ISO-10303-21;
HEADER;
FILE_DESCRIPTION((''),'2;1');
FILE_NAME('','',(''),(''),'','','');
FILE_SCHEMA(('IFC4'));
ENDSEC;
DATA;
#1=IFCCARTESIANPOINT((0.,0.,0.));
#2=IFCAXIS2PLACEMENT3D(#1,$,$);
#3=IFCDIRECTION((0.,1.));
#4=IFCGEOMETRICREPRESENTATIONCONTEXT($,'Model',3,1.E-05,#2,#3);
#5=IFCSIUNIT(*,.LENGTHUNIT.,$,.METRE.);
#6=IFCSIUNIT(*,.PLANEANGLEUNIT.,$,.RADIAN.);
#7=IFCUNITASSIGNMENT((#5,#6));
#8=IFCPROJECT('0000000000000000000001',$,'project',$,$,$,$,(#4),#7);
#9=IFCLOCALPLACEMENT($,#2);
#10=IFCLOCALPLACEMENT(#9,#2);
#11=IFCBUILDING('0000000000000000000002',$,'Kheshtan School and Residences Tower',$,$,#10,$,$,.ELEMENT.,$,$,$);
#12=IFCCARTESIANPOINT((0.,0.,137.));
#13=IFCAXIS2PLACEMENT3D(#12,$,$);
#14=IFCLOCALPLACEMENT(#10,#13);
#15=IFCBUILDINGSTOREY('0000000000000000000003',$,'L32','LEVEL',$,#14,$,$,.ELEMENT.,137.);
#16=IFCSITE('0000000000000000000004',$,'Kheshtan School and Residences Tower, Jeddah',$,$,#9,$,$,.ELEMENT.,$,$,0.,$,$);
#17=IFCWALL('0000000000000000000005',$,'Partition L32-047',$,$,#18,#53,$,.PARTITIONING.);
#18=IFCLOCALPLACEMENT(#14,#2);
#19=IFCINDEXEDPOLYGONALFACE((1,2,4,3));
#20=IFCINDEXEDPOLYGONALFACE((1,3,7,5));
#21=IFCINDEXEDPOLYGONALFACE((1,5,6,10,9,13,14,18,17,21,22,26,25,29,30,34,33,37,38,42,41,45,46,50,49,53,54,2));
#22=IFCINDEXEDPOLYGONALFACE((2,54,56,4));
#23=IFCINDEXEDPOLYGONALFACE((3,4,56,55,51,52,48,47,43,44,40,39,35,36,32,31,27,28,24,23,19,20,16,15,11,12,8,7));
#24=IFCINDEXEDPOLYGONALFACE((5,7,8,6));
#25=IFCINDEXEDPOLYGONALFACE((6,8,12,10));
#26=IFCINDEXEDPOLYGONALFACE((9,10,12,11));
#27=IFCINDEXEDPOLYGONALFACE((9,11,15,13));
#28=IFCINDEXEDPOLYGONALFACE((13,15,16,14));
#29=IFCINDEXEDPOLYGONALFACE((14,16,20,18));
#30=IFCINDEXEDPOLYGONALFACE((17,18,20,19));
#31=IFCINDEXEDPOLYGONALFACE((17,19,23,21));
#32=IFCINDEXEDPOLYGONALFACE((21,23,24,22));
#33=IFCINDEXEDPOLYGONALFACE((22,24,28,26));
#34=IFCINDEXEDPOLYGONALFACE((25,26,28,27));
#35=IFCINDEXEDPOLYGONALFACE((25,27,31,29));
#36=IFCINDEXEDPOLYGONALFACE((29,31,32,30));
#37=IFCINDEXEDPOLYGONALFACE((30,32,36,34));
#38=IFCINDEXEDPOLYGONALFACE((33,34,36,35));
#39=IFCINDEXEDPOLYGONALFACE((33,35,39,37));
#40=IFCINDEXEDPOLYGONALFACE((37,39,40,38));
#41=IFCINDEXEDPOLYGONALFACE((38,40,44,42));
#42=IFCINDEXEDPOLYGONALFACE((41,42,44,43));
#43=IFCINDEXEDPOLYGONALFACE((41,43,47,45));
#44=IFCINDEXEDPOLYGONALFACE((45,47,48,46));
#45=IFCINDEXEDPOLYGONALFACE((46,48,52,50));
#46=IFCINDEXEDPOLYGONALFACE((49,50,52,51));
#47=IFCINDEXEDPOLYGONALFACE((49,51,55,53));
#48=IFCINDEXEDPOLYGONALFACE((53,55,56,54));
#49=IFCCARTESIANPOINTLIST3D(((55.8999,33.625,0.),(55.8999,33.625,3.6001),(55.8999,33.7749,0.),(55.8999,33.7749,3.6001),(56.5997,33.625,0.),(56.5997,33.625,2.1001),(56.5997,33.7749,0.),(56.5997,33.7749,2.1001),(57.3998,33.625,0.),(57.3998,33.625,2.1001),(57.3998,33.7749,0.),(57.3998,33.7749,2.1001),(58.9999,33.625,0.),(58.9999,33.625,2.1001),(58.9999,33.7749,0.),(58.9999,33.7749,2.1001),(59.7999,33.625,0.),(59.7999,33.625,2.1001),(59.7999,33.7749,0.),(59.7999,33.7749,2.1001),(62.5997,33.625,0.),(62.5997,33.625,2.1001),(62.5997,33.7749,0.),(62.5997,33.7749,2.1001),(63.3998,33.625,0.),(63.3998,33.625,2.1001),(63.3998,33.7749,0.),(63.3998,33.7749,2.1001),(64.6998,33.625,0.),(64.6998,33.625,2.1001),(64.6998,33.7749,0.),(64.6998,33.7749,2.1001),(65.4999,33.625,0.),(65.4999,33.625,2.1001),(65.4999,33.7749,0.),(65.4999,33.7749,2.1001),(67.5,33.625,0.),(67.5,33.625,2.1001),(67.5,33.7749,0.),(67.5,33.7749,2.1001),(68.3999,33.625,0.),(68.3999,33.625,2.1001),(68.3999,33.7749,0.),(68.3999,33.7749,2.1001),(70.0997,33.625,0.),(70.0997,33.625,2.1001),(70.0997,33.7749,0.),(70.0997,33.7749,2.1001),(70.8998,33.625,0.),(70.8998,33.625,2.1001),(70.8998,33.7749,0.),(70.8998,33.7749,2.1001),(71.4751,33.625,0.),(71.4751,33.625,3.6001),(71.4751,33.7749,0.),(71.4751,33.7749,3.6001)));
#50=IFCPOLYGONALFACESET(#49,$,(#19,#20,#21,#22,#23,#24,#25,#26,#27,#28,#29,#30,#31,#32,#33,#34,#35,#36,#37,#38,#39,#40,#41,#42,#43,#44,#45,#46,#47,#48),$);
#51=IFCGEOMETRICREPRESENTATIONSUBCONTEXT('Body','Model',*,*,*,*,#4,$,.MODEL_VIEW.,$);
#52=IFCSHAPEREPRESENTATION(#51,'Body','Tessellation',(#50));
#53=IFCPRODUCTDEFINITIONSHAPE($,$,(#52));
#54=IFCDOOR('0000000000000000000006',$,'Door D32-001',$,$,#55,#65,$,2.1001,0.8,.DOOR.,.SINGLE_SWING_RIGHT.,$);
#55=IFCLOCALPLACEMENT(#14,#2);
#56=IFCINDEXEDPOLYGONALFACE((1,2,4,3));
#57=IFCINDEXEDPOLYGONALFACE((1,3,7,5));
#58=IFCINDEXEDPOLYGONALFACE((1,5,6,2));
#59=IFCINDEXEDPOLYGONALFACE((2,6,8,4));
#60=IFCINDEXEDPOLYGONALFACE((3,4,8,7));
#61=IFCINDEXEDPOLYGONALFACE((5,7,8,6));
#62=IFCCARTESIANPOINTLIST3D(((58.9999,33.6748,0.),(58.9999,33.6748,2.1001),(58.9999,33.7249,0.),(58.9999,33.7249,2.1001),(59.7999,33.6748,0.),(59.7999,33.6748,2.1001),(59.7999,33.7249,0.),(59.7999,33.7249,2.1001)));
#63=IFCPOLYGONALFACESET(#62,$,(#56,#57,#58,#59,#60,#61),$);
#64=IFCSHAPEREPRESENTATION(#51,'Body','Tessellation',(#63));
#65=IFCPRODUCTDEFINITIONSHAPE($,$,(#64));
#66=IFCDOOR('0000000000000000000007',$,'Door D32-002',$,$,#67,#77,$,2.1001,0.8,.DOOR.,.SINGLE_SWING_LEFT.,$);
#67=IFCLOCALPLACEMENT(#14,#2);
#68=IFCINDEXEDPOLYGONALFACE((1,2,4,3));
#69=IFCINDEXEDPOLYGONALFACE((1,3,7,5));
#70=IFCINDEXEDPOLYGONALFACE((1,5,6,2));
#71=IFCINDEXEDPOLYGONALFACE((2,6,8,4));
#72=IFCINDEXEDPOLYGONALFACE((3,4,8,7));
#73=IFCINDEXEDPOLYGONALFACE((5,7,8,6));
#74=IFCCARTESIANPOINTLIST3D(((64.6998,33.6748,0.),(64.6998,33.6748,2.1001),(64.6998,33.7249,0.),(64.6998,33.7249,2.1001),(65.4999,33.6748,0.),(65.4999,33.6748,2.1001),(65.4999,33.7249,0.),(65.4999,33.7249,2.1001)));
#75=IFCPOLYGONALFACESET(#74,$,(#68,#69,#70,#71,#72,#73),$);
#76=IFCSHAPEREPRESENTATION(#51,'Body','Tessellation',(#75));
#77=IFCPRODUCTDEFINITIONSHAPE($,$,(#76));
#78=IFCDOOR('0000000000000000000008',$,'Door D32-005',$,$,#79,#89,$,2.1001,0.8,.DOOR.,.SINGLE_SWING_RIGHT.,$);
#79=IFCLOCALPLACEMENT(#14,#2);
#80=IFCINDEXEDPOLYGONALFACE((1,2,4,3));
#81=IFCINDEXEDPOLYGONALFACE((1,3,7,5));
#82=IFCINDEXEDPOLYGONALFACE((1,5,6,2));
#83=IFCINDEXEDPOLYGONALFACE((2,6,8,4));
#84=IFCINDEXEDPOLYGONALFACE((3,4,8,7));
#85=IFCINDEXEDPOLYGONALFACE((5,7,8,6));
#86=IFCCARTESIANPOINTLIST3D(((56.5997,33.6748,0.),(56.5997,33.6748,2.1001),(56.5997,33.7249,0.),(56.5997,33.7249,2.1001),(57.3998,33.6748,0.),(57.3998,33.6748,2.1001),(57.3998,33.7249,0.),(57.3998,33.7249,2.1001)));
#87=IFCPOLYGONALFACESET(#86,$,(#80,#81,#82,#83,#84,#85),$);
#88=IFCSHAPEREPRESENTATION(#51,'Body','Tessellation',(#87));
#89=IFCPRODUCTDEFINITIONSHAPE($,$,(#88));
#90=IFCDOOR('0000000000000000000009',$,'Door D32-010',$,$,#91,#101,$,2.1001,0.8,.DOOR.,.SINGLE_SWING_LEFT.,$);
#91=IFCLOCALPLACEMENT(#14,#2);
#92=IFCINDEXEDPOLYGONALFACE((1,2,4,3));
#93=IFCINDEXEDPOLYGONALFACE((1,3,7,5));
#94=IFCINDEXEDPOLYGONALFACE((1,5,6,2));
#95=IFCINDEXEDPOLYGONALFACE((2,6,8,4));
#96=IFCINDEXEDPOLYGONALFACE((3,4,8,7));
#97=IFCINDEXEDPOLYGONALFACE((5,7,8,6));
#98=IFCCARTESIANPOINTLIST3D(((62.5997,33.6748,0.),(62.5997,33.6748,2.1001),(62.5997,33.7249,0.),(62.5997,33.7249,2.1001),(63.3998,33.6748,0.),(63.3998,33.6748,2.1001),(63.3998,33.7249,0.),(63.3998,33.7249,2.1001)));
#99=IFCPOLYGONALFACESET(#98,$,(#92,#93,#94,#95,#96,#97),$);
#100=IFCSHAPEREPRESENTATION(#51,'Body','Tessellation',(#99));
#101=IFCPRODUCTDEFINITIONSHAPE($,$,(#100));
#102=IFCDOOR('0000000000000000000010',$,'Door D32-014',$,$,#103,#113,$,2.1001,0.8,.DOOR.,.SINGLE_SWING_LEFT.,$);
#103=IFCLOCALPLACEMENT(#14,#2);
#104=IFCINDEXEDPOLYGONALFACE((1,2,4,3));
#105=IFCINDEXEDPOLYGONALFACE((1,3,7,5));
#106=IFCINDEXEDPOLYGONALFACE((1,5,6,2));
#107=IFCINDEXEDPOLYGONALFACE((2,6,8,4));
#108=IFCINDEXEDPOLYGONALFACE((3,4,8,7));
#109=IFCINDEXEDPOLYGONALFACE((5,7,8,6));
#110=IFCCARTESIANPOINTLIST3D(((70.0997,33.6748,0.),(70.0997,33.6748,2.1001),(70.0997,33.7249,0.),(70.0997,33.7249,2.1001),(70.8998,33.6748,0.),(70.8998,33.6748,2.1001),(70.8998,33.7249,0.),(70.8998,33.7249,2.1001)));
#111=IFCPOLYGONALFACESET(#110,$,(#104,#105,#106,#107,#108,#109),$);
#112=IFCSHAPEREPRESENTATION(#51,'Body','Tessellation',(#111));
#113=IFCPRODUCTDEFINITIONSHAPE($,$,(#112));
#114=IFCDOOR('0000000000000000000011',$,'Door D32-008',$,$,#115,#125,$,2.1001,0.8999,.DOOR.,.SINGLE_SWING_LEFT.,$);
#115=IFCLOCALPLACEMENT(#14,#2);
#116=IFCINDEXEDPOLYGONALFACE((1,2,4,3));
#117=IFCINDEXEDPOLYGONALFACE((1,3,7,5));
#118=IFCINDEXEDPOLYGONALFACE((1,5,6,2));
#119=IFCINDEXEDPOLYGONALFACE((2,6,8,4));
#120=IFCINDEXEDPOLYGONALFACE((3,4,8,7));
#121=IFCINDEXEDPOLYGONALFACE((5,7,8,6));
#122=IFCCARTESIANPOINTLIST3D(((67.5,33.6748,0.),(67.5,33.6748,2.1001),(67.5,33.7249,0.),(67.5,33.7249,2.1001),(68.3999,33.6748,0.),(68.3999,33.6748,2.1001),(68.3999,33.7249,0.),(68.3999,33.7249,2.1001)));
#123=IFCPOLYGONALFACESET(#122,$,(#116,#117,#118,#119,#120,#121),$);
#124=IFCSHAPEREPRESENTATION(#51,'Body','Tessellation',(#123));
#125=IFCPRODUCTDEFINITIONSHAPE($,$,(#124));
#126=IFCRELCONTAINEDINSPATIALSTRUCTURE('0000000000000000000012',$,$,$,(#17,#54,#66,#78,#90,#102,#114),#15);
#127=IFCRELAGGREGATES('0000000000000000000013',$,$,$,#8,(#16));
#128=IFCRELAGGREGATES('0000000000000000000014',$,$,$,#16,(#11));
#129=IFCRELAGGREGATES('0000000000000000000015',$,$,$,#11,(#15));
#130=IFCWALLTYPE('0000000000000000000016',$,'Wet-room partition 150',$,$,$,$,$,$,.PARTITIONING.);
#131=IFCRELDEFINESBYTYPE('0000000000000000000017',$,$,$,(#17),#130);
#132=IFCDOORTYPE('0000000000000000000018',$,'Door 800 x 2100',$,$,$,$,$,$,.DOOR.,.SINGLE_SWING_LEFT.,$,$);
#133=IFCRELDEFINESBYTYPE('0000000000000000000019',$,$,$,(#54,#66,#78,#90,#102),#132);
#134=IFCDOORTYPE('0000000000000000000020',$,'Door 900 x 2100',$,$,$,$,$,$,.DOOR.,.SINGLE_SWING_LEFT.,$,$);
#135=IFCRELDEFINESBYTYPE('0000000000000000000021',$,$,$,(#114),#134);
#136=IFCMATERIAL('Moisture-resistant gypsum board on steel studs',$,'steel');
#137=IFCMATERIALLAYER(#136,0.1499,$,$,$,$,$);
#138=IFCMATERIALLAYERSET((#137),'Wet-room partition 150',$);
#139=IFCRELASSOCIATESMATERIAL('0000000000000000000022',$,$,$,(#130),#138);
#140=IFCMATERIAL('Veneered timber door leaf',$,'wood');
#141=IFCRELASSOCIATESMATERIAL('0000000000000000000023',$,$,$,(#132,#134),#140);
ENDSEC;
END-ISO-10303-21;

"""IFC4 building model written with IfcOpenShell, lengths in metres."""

from ifc_helpers import new_model, si_unit, direction, frame, frame_2d, origin, place, context, subcontext, project, spatial, rectangle, extrude, source, transform, mapped, material, layer, layer_set, type_object, element, fill, save


model = new_model("IFC4")

# Units and contexts
model_context = context("Model", 3, precision=1e-05, world=origin(), true_north=direction((0.0, 1.0)))
body_context = subcontext(model_context, "Body", "Model", "MODEL_VIEW")
ifc_project = project(units=[si_unit("LENGTHUNIT", "METRE"), si_unit("PLANEANGLEUNIT", "RADIAN")], contexts=[model_context])

# Site, building, storey
site_placement = place(None, origin())
site = spatial("IfcSite", under=ifc_project, at=site_placement, Name="Kheshtan School and Residences Tower, Jeddah", CompositionType="ELEMENT", RefElevation=0.0)
building_placement = place(site_placement, origin())
building = spatial("IfcBuilding", under=site, at=building_placement, Name="Kheshtan School and Residences Tower", CompositionType="ELEMENT")
storey_placement = place(building_placement, frame((0.0, 0.0, 137.0)))
storey = spatial("IfcBuildingStorey", under=building, at=storey_placement, Name="L32", Description="LEVEL", CompositionType="ELEMENT", Elevation=137.0)

# Wall, openings, doors
ifc_material_1 = material(Name="Moisture-resistant gypsum board on steel studs", Category="steel")
ifc_layer_1 = layer(ifc_material_1, 0.1499)
ifc_layer_set_1 = layer_set([ifc_layer_1], Name="Wet-room partition 150")
wall_type_1 = type_object("IfcWallType", Name="Wet-room partition 150", PredefinedType="PARTITIONING", material=ifc_layer_set_1)
wall_1_placement = place(storey_placement, frame((55.8999, 33.7, 0.0), z_axis=(0.0, 0.0, 1.0), x_axis=(1.0, 0.0, 0.0)))
wall_1 = element("IfcWall", 1, at=wall_1_placement, inside=storey, type_object=wall_type_1, Name="Partition L32-047", PredefinedType="PARTITIONING", context=body_context, shape_type="SweptSolid", body=[
    extrude(rectangle(XDim=15.5752, YDim=0.1499, at=frame_2d((7.7876, 0.0))), origin(), (0.0, 0.0, 1.0), 3.6001),
])
opening_1_placement = place(wall_1_placement, frame((3.1001, 0.0, 0.0)))
opening_1 = element("IfcOpeningElement", 2, at=opening_1_placement, cuts=wall_1, PredefinedType="OPENING", context=body_context, shape_type="SweptSolid", body=[
    extrude(rectangle(XDim=0.8, YDim=2.1001, at=frame_2d((0.3999, 1.05))), frame((0.0, 0.085, 0.0), z_axis=(0.0, -1.0, 0.0), x_axis=(1.0, 0.0, 0.0)), (0.0, 0.0, 1.0), 0.1699),
])
opening_2_placement = place(wall_1_placement, frame((8.8, 0.0, 0.0)))
opening_2 = element("IfcOpeningElement", 3, at=opening_2_placement, cuts=wall_1, PredefinedType="OPENING", context=body_context, shape_type="SweptSolid", body=[
    extrude(rectangle(XDim=0.8, YDim=2.1001, at=frame_2d((0.3999, 1.05))), frame((0.0, 0.085, 0.0), z_axis=(0.0, -1.0, 0.0), x_axis=(1.0, 0.0, 0.0)), (0.0, 0.0, 1.0), 0.1699),
])
opening_3_placement = place(wall_1_placement, frame((0.7, 0.0, 0.0)))
opening_3 = element("IfcOpeningElement", 4, at=opening_3_placement, cuts=wall_1, PredefinedType="OPENING", context=body_context, shape_type="SweptSolid", body=[
    extrude(rectangle(XDim=0.8, YDim=2.1001, at=frame_2d((0.3999, 1.05))), frame((0.0, 0.085, 0.0), z_axis=(0.0, -1.0, 0.0), x_axis=(1.0, 0.0, 0.0)), (0.0, 0.0, 1.0), 0.1699),
])
opening_4_placement = place(wall_1_placement, frame((11.6001, 0.0, 0.0)))
opening_4 = element("IfcOpeningElement", 5, at=opening_4_placement, cuts=wall_1, PredefinedType="OPENING", context=body_context, shape_type="SweptSolid", body=[
    extrude(rectangle(XDim=0.8999, YDim=2.1001, at=frame_2d((0.45, 1.05))), frame((0.0, 0.085, 0.0), z_axis=(0.0, -1.0, 0.0), x_axis=(1.0, 0.0, 0.0)), (0.0, 0.0, 1.0), 0.1699),
])
opening_5_placement = place(wall_1_placement, frame((6.7, 0.0, 0.0)))
opening_5 = element("IfcOpeningElement", 6, at=opening_5_placement, cuts=wall_1, PredefinedType="OPENING", context=body_context, shape_type="SweptSolid", body=[
    extrude(rectangle(XDim=0.8, YDim=2.1001, at=frame_2d((0.3999, 1.05))), frame((0.0, 0.085, 0.0), z_axis=(0.0, -1.0, 0.0), x_axis=(1.0, 0.0, 0.0)), (0.0, 0.0, 1.0), 0.1699),
])
opening_6_placement = place(wall_1_placement, frame((14.2, 0.0, 0.0)))
opening_6 = element("IfcOpeningElement", 7, at=opening_6_placement, cuts=wall_1, PredefinedType="OPENING", context=body_context, shape_type="SweptSolid", body=[
    extrude(rectangle(XDim=0.8, YDim=2.1001, at=frame_2d((0.3999, 1.05))), frame((0.0, 0.085, 0.0), z_axis=(0.0, -1.0, 0.0), x_axis=(1.0, 0.0, 0.0)), (0.0, 0.0, 1.0), 0.1699),
])
ifc_material_2 = material(Name="Veneered timber door leaf", Category="wood")
door_type_1 = type_object("IfcDoorType", Name="Door 800 x 2100", OperationType="SINGLE_SWING_LEFT", PredefinedType="DOOR", material=ifc_material_2)
shared_shape_1 = source(origin(), body_context, "Body", "SweptSolid", [
    extrude(rectangle(XDim=0.8, YDim=2.1001, at=frame_2d((0.3999, 1.05))), frame((0.0, 0.0249, 0.0), z_axis=(0.0, -1.0, 0.0), x_axis=(1.0, 0.0, 0.0)), (0.0, 0.0, 1.0), 0.05),
])
door_1_placement = place(opening_1_placement, origin())
door_1 = element("IfcDoor", 8, at=door_1_placement, inside=storey, type_object=door_type_1, Name="Door D32-001", OperationType="SINGLE_SWING_RIGHT", OverallHeight=2.1001, OverallWidth=0.8, PredefinedType="DOOR", context=body_context, shape_type="MappedRepresentation", body=[
    mapped(shared_shape_1, transform((0.0, 0.0, 0.0), x_axis=(1.0, 0.0, 0.0), y_axis=(0.0, 1.0, 0.0), z_axis=(0.0, 0.0, 1.0), scale=1.0)),
])
fill(opening_1, door_1)
door_2_placement = place(opening_2_placement, origin())
door_2 = element("IfcDoor", 9, at=door_2_placement, inside=storey, type_object=door_type_1, Name="Door D32-002", OperationType="SINGLE_SWING_LEFT", OverallHeight=2.1001, OverallWidth=0.8, PredefinedType="DOOR", context=body_context, shape_type="MappedRepresentation", body=[
    mapped(shared_shape_1, transform((0.0, 0.0, 0.0), x_axis=(1.0, 0.0, 0.0), y_axis=(0.0, 1.0, 0.0), z_axis=(0.0, 0.0, 1.0), scale=1.0)),
])
fill(opening_2, door_2)
door_3_placement = place(opening_3_placement, origin())
door_3 = element("IfcDoor", 10, at=door_3_placement, inside=storey, type_object=door_type_1, Name="Door D32-005", OperationType="SINGLE_SWING_RIGHT", OverallHeight=2.1001, OverallWidth=0.8, PredefinedType="DOOR", context=body_context, shape_type="MappedRepresentation", body=[
    mapped(shared_shape_1, transform((0.0, 0.0, 0.0), x_axis=(1.0, 0.0, 0.0), y_axis=(0.0, 1.0, 0.0), z_axis=(0.0, 0.0, 1.0), scale=1.0)),
])
fill(opening_3, door_3)
door_4_placement = place(opening_5_placement, origin())
door_4 = element("IfcDoor", 11, at=door_4_placement, inside=storey, type_object=door_type_1, Name="Door D32-010", OperationType="SINGLE_SWING_LEFT", OverallHeight=2.1001, OverallWidth=0.8, PredefinedType="DOOR", context=body_context, shape_type="MappedRepresentation", body=[
    mapped(shared_shape_1, transform((0.0, 0.0, 0.0), x_axis=(1.0, 0.0, 0.0), y_axis=(0.0, 1.0, 0.0), z_axis=(0.0, 0.0, 1.0), scale=1.0)),
])
fill(opening_5, door_4)
door_5_placement = place(opening_6_placement, origin())
door_5 = element("IfcDoor", 12, at=door_5_placement, inside=storey, type_object=door_type_1, Name="Door D32-014", OperationType="SINGLE_SWING_LEFT", OverallHeight=2.1001, OverallWidth=0.8, PredefinedType="DOOR", context=body_context, shape_type="MappedRepresentation", body=[
    mapped(shared_shape_1, transform((0.0, 0.0, 0.0), x_axis=(1.0, 0.0, 0.0), y_axis=(0.0, 1.0, 0.0), z_axis=(0.0, 0.0, 1.0), scale=1.0)),
])
fill(opening_6, door_5)
door_type_2 = type_object("IfcDoorType", Name="Door 900 x 2100", OperationType="SINGLE_SWING_LEFT", PredefinedType="DOOR", material=ifc_material_2)
shared_shape_2 = source(origin(), body_context, "Body", "SweptSolid", [
    extrude(rectangle(XDim=0.8999, YDim=2.1001, at=frame_2d((0.45, 1.05))), frame((0.0, 0.0249, 0.0), z_axis=(0.0, -1.0, 0.0), x_axis=(1.0, 0.0, 0.0)), (0.0, 0.0, 1.0), 0.05),
])
door_6_placement = place(opening_4_placement, origin())
door_6 = element("IfcDoor", 13, at=door_6_placement, inside=storey, type_object=door_type_2, Name="Door D32-008", OperationType="SINGLE_SWING_LEFT", OverallHeight=2.1001, OverallWidth=0.8999, PredefinedType="DOOR", context=body_context, shape_type="MappedRepresentation", body=[
    mapped(shared_shape_2, transform((0.0, 0.0, 0.0), x_axis=(1.0, 0.0, 0.0), y_axis=(0.0, 1.0, 0.0), z_axis=(0.0, 0.0, 1.0), scale=1.0)),
])
fill(opening_4, door_6)

save(model, "model.ifc")
